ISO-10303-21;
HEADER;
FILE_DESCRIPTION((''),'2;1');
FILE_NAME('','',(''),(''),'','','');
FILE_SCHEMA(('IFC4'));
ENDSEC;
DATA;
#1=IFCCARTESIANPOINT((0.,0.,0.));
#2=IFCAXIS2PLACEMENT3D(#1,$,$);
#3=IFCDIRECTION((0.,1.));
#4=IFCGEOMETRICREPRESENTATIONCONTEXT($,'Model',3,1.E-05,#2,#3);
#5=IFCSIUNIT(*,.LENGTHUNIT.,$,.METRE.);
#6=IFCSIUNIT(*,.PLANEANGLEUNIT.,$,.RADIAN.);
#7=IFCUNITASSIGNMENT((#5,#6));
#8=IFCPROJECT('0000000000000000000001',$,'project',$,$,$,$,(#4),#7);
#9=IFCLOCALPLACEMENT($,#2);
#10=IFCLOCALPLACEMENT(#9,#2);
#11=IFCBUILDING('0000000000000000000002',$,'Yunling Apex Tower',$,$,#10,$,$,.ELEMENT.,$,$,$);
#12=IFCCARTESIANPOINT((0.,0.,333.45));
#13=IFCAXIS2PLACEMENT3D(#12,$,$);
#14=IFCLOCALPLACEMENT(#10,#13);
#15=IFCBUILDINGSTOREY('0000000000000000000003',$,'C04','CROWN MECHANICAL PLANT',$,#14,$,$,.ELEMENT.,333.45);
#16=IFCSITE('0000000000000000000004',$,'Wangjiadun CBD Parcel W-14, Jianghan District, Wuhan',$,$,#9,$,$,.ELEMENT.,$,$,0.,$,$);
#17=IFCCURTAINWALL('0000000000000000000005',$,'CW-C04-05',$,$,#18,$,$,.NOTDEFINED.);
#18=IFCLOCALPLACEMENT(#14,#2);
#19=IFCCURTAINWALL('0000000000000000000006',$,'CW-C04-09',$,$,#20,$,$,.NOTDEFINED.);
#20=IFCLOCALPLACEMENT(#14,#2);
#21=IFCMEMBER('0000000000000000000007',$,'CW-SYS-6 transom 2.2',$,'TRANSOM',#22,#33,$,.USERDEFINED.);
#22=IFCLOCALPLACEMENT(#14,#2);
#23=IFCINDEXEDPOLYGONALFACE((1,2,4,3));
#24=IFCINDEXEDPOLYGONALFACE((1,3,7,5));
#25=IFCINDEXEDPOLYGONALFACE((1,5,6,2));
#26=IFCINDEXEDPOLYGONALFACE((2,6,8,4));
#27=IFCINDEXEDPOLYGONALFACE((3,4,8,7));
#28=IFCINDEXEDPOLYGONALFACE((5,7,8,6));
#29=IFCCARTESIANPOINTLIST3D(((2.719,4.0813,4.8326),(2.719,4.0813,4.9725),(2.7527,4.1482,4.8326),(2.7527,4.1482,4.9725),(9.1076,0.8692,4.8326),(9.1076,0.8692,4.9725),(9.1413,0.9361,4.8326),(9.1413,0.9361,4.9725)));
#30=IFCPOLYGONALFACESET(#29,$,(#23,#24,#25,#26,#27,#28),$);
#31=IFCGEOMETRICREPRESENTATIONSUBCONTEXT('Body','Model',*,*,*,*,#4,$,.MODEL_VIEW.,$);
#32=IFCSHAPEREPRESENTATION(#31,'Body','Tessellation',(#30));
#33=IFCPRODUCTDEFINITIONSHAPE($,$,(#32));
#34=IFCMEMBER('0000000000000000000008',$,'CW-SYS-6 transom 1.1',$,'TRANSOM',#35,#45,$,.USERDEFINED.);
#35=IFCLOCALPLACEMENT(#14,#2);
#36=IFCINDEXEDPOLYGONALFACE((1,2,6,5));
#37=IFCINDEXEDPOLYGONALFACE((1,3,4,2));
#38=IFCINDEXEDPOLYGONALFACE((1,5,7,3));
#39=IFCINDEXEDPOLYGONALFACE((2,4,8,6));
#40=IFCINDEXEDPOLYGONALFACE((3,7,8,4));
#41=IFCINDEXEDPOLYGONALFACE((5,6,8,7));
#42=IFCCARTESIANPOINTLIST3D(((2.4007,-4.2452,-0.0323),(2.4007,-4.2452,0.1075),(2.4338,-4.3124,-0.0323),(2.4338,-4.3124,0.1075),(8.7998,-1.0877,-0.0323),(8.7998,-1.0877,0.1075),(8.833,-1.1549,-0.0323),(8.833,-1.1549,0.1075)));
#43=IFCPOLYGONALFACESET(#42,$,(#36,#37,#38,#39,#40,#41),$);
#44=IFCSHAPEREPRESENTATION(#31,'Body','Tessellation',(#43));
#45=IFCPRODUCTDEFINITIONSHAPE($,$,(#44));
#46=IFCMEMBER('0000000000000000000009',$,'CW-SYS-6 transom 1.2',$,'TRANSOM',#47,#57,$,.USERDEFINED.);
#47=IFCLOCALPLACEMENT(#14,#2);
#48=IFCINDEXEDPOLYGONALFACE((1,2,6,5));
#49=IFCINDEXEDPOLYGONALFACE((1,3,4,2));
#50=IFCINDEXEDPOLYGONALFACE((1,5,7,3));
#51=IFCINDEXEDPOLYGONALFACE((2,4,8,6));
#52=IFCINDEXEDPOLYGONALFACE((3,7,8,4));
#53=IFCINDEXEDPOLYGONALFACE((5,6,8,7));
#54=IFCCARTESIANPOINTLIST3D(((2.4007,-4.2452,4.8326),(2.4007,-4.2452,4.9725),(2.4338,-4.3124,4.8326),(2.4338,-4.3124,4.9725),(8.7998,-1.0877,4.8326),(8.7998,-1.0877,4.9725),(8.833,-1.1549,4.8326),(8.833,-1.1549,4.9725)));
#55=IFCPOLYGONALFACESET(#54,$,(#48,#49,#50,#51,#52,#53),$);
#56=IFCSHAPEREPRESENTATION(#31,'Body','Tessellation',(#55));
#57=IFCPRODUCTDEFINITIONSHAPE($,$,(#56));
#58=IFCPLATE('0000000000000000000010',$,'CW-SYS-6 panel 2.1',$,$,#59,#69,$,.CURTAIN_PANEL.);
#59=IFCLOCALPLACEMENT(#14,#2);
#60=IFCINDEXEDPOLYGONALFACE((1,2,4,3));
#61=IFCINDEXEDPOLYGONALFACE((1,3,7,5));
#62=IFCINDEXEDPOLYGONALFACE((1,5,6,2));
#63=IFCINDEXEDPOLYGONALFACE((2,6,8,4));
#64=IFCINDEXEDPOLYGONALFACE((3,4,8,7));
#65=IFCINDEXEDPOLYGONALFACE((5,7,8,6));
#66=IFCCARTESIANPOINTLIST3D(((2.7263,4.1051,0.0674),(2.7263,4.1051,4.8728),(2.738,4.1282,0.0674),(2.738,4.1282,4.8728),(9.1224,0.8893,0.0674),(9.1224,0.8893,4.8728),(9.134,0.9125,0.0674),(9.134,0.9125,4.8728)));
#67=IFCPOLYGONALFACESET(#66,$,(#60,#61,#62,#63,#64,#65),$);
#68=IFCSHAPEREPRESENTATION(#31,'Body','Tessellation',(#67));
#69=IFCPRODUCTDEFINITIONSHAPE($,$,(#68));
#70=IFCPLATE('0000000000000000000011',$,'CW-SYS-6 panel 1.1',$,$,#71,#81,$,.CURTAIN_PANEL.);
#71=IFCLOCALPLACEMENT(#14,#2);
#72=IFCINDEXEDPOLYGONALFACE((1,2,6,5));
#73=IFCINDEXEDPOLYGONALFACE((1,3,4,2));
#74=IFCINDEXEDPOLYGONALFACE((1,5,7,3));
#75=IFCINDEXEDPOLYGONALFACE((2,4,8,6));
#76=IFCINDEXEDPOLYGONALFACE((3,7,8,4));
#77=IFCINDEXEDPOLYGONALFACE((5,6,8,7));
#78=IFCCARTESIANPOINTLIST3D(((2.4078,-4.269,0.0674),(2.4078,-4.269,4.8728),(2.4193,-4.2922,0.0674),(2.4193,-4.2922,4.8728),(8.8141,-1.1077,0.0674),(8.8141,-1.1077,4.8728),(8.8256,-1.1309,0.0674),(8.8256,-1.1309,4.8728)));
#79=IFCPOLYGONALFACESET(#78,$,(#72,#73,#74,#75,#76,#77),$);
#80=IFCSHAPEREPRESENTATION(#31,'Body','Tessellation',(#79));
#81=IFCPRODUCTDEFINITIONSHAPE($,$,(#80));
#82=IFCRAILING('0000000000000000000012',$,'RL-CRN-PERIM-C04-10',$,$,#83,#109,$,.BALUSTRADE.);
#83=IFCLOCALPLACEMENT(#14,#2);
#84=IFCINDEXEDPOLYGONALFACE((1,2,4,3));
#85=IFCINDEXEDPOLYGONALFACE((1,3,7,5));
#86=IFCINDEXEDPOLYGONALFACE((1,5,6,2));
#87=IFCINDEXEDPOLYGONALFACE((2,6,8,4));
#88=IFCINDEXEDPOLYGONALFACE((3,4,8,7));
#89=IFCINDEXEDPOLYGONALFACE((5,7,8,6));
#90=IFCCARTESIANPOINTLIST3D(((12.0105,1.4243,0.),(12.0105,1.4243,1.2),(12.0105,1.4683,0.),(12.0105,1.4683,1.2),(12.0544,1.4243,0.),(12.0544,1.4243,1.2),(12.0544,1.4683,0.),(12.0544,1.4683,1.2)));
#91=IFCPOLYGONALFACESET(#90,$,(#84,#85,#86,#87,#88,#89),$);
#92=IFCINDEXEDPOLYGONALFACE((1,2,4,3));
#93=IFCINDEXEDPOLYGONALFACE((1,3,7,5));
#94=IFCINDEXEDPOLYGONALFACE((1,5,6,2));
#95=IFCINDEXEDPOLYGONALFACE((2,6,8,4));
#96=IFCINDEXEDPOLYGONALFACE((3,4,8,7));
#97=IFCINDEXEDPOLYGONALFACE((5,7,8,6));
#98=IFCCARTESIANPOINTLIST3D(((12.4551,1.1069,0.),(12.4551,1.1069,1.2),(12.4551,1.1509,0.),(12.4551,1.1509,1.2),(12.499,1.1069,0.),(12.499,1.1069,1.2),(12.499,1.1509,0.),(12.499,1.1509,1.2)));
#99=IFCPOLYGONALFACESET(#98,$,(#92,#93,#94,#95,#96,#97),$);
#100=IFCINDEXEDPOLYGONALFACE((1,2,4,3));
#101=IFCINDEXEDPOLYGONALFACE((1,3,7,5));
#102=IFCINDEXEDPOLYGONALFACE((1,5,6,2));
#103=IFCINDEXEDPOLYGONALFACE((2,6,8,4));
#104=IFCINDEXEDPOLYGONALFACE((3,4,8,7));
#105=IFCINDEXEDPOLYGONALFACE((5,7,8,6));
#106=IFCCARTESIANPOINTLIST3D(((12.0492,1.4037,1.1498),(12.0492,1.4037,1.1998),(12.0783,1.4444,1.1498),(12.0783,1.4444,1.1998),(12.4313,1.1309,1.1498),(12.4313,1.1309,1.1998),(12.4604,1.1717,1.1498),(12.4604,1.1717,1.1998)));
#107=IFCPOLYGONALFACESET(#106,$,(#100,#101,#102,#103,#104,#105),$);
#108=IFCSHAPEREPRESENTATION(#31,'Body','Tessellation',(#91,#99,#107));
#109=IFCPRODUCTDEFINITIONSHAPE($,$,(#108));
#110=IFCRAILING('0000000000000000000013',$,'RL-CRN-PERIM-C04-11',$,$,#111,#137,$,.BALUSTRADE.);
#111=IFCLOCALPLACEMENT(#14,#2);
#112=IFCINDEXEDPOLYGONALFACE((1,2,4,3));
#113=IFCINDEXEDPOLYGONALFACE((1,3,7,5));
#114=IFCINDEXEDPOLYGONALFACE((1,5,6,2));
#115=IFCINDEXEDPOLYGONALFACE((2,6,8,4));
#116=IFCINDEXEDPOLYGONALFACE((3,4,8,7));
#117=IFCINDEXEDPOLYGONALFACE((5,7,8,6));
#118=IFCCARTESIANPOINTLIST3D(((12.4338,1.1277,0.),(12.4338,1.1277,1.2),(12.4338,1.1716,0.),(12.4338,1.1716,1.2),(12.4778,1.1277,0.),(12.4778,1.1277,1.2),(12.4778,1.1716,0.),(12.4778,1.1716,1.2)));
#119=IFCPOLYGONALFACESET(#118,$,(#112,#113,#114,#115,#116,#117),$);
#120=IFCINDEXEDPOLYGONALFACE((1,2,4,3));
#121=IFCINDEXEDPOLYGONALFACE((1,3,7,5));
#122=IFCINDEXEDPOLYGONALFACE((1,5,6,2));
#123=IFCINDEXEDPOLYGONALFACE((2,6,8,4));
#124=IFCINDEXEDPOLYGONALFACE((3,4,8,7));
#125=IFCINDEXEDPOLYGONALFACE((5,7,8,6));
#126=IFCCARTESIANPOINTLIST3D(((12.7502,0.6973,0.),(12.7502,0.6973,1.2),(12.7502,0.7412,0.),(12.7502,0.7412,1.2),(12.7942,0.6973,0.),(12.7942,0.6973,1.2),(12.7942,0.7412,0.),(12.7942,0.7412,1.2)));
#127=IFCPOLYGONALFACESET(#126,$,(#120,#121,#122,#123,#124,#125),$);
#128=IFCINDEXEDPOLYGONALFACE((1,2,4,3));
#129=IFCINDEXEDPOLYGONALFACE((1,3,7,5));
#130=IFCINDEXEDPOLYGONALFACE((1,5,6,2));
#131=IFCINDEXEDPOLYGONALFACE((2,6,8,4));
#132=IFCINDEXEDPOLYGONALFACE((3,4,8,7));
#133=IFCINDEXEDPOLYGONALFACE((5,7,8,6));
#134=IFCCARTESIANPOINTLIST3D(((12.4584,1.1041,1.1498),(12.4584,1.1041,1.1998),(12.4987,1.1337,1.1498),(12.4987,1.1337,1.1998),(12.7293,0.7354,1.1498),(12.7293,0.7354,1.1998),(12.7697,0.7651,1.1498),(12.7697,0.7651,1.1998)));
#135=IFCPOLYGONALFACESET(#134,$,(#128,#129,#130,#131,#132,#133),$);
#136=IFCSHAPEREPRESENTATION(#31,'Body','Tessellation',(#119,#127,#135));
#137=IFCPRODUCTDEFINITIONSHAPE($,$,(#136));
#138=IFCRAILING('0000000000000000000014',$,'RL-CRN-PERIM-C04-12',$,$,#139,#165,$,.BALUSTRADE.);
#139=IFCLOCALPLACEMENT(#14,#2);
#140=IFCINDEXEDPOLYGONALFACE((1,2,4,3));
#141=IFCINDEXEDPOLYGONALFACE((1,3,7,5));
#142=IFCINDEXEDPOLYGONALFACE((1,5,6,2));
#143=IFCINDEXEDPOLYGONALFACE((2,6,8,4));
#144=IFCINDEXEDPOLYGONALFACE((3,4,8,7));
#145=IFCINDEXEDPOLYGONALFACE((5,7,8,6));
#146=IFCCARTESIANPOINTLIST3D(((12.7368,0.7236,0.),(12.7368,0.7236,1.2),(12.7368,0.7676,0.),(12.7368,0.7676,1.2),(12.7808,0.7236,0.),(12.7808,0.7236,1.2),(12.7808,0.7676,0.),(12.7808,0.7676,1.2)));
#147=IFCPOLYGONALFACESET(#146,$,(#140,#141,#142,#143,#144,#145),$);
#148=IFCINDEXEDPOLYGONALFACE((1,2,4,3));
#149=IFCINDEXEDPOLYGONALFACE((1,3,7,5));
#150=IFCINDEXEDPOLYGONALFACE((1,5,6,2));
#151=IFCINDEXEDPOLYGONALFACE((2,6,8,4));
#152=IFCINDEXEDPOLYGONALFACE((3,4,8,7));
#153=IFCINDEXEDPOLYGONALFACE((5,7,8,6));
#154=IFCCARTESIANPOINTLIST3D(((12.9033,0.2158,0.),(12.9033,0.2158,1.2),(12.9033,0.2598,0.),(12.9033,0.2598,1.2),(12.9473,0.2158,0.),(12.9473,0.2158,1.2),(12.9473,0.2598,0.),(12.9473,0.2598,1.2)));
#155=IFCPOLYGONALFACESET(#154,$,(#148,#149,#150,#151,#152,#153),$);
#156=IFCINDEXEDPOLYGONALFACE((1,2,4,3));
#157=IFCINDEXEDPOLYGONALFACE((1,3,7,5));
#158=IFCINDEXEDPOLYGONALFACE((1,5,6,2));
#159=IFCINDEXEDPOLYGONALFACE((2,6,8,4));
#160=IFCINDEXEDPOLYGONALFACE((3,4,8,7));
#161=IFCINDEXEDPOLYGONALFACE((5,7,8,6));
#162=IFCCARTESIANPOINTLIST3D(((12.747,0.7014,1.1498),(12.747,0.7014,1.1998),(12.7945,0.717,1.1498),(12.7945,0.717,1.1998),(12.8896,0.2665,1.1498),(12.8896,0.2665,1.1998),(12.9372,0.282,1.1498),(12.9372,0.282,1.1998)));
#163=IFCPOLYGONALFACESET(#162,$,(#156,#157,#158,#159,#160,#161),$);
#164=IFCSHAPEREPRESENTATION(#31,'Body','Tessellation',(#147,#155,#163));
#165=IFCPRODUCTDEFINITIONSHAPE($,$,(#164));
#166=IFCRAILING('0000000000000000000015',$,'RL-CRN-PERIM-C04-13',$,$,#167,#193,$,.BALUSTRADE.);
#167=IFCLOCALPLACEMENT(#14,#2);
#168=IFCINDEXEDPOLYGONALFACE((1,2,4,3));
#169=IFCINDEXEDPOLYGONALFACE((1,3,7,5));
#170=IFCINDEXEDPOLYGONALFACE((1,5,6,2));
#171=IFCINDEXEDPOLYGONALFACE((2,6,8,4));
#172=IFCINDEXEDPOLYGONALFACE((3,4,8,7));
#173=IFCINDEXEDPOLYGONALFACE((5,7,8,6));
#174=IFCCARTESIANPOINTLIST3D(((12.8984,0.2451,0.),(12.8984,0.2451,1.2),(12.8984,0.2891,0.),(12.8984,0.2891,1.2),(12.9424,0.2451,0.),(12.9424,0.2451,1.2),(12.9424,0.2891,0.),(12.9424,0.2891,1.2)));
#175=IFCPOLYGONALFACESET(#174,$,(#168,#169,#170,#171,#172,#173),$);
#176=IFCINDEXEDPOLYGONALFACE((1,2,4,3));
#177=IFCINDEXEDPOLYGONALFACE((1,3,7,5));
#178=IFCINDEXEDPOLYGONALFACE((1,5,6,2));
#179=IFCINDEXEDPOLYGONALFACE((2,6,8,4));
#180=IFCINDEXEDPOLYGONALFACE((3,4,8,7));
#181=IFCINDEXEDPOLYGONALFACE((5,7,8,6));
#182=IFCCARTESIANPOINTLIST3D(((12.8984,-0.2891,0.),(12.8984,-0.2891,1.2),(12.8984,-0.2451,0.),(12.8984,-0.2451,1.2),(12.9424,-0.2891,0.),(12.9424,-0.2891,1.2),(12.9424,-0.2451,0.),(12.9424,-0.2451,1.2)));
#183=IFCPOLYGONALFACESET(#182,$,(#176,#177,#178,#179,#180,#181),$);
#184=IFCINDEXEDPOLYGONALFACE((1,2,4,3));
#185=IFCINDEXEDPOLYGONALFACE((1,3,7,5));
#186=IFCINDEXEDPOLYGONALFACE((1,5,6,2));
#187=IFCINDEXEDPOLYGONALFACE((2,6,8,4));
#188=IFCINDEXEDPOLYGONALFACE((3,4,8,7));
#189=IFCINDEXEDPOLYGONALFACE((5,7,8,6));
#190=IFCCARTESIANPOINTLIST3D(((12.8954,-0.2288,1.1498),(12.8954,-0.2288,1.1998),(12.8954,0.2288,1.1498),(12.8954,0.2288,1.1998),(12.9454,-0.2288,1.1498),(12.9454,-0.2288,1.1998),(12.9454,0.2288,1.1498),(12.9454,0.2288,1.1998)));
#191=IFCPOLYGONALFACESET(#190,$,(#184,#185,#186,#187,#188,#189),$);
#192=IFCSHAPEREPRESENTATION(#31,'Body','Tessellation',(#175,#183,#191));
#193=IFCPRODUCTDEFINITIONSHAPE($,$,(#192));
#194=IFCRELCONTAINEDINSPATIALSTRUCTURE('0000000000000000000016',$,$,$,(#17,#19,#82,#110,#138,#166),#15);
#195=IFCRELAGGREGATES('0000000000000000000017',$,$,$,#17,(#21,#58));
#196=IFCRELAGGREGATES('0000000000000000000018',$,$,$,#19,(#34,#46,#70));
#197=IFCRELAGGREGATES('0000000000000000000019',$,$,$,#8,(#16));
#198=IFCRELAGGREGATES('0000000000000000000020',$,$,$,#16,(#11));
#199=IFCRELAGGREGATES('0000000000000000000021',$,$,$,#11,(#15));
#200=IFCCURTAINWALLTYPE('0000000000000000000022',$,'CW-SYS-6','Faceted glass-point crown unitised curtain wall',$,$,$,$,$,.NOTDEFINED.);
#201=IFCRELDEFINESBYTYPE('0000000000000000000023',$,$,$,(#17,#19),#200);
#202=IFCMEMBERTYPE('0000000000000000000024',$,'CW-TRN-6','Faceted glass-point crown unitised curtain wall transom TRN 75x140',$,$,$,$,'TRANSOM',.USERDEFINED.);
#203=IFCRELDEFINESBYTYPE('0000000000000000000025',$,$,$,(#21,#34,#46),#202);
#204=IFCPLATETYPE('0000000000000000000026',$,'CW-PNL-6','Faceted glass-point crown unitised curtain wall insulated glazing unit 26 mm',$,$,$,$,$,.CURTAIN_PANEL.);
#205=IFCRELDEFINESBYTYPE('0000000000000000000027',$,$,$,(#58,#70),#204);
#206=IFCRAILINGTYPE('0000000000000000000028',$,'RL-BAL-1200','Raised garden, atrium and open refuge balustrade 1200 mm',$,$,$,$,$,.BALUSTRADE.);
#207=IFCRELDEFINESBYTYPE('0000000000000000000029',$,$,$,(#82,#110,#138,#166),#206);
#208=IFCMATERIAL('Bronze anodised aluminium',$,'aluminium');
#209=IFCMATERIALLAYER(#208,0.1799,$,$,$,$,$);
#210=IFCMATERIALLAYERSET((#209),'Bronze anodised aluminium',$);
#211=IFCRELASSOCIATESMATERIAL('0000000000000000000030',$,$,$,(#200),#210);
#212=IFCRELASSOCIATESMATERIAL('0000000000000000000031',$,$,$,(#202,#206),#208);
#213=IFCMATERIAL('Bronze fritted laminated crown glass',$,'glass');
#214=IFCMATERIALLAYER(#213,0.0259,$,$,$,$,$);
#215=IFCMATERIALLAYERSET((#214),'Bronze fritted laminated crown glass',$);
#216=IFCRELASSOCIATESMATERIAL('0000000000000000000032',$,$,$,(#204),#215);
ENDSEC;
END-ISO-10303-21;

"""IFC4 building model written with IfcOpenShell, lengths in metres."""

from ifc_helpers import new_model, si_unit, direction, frame, origin, origin_2d, place, context, subcontext, project, spatial, rectangle, extrude, source, transform, mapped, material, layer, layer_set, material_profile, profile_set, type_object, element, aggregate, save


model = new_model("IFC4")

# Units and contexts
model_context = context("Model", 3, precision=1e-05, world=origin(), true_north=direction((0.0, 1.0)))
body_context = subcontext(model_context, "Body", "Model", "MODEL_VIEW")
ifc_project = project(units=[si_unit("LENGTHUNIT", "METRE"), si_unit("PLANEANGLEUNIT", "RADIAN")], contexts=[model_context])

# Site, building, storey
site_placement = place(None, origin())
site = spatial("IfcSite", under=ifc_project, at=site_placement, Name="Wangjiadun CBD Parcel W-14, Jianghan District, Wuhan", CompositionType="ELEMENT", RefElevation=0.0)
building_placement = place(site_placement, origin())
building = spatial("IfcBuilding", under=site, at=building_placement, Name="Yunling Apex Tower", CompositionType="ELEMENT")
storey_placement = place(building_placement, frame((0.0, 0.0, 333.45)))
storey = spatial("IfcBuildingStorey", under=building, at=storey_placement, Name="C04", Description="CROWN MECHANICAL PLANT", CompositionType="ELEMENT", Elevation=333.45)

# Curtain walls
ifc_material_1 = material(Name="Bronze anodised aluminium", Category="aluminium")
ifc_layer_1 = layer(ifc_material_1, 0.1799)
ifc_layer_set_1 = layer_set([ifc_layer_1], Name="Bronze anodised aluminium")
curtain_wall_type = type_object("IfcCurtainWallType", Name="CW-SYS-6", Description="Faceted glass-point crown unitised curtain wall", PredefinedType="NOTDEFINED", material=ifc_layer_set_1)
curtain_wall_1_placement = place(storey_placement, origin())
curtain_wall_1 = element("IfcCurtainWall", 1, at=curtain_wall_1_placement, inside=storey, type_object=curtain_wall_type, Name="CW-C04-05", PredefinedType="NOTDEFINED")
curtain_wall_2_placement = place(storey_placement, origin())
curtain_wall_2 = element("IfcCurtainWall", 2, at=curtain_wall_2_placement, inside=storey, type_object=curtain_wall_type, Name="CW-C04-09", PredefinedType="NOTDEFINED")

# Members
ifc_material_profile_1 = material_profile(ifc_material_1, rectangle(XDim=0.075, YDim=0.1399, at=origin_2d()))
ifc_profile_set_1 = profile_set([ifc_material_profile_1], Name="Bronze anodised aluminium")
member_type_1 = type_object("IfcMemberType", Name="CW-TRN-6", Description="Faceted glass-point crown unitised curtain wall transom TRN 75x140", ElementType="TRANSOM", PredefinedType="USERDEFINED", material=ifc_profile_set_1)
shared_shape_1 = source(origin(), body_context, "Body", "SweptSolid", [
    extrude(rectangle(XDim=0.075, YDim=0.1399, at=origin_2d()), origin(), (0.0, 0.0, 1.0), 7.1506),
])
member_1_placement = place(storey_placement, frame((2.7358, 4.1147, 4.9026), z_axis=(0.893428, -0.449206, 0.0), x_axis=(0.449206, 0.893428, 0.0)))
member_1 = element("IfcMember", 3, at=member_1_placement, type_object=member_type_1, Name="CW-SYS-6 transom 2.2", ObjectType="TRANSOM", PredefinedType="USERDEFINED", context=body_context, shape_type="MappedRepresentation", body=[
    mapped(shared_shape_1, transform((0.0, 0.0, 0.0), scale=1.0)),
])
shared_shape_2 = source(origin(), body_context, "Body", "SweptSolid", [
    extrude(rectangle(XDim=0.075, YDim=0.1399, at=origin_2d()), origin(), (0.0, 0.0, 1.0), 7.1357),
])
member_2_placement = place(storey_placement, frame((8.8164, -1.1213, 0.0376), z_axis=(-0.896775, -0.442486, 0.0), x_axis=(0.442486, -0.896775, 0.0)))
member_2 = element("IfcMember", 4, at=member_2_placement, type_object=member_type_1, Name="CW-SYS-6 transom 1.1", ObjectType="TRANSOM", PredefinedType="USERDEFINED", context=body_context, shape_type="MappedRepresentation", body=[
    mapped(shared_shape_2, transform((0.0, 0.0, 0.0), scale=1.0)),
])
member_3_placement = place(storey_placement, frame((8.8164, -1.1213, 4.9026), z_axis=(-0.896775, -0.442486, 0.0), x_axis=(0.442486, -0.896775, 0.0)))
member_3 = element("IfcMember", 5, at=member_3_placement, type_object=member_type_1, Name="CW-SYS-6 transom 1.2", ObjectType="TRANSOM", PredefinedType="USERDEFINED", context=body_context, shape_type="MappedRepresentation", body=[
    mapped(shared_shape_2, transform((0.0, 0.0, 0.0), scale=1.0)),
])

# Plates
ifc_material_2 = material(Name="Bronze fritted laminated crown glass", Category="glass")
ifc_layer_2 = layer(ifc_material_2, 0.0259)
ifc_layer_set_2 = layer_set([ifc_layer_2], Name="Bronze fritted laminated crown glass")
plate_type = type_object("IfcPlateType", Name="CW-PNL-6", Description="Faceted glass-point crown unitised curtain wall insulated glazing unit 26 mm", PredefinedType="CURTAIN_PANEL", material=ifc_layer_set_2)
shared_shape_3 = source(origin(), body_context, "Body", "SweptSolid", [
    extrude(rectangle(XDim=7.1589, YDim=0.0259, at=origin_2d()), origin(), (0.0, 0.0, 1.0), 4.8054),
])
plate_1_placement = place(storey_placement, frame((5.9302, 2.5088, 0.0674), z_axis=(0.0, 0.0, 1.0), x_axis=(0.893433, -0.449197, 0.0)))
plate_1 = element("IfcPlate", 6, at=plate_1_placement, type_object=plate_type, Name="CW-SYS-6 panel 2.1", PredefinedType="CURTAIN_PANEL", context=body_context, shape_type="MappedRepresentation", body=[
    mapped(shared_shape_3, transform((0.0, 0.0, 0.0), scale=1.0)),
])
aggregate(curtain_wall_1, [member_1, plate_1])
shared_shape_4 = source(origin(), body_context, "Body", "SweptSolid", [
    extrude(rectangle(XDim=7.1438, YDim=0.0259, at=origin_2d()), origin(), (0.0, 0.0, 1.0), 4.8054),
])
plate_2_placement = place(storey_placement, frame((5.6167, -2.7, 0.0674), z_axis=(0.0, 0.0, 1.0), x_axis=(-0.89676, -0.442517, 0.0)))
plate_2 = element("IfcPlate", 7, at=plate_2_placement, type_object=plate_type, Name="CW-SYS-6 panel 1.1", PredefinedType="CURTAIN_PANEL", context=body_context, shape_type="MappedRepresentation", body=[
    mapped(shared_shape_4, transform((0.0, 0.0, 0.0), scale=1.0)),
])
aggregate(curtain_wall_2, [member_2, member_3, plate_2])

# Railings
railing_type_1 = type_object("IfcRailingType", Name="RL-BAL-1200", Description="Raised garden, atrium and open refuge balustrade 1200 mm", PredefinedType="BALUSTRADE", material=ifc_material_1)
railing_1_placement = place(storey_placement, frame((12.0325, 1.4463, 0.0)))
element("IfcRailing", 8, at=railing_1_placement, inside=storey, type_object=railing_type_1, Name="RL-CRN-PERIM-C04-10", PredefinedType="BALUSTRADE", context=body_context, shape_type="SweptSolid", body=[
    extrude(rectangle(XDim=0.0439, YDim=0.0439, at=origin_2d()), origin(), (0.0, 0.0, 1.0), 1.2),
    extrude(rectangle(XDim=0.0439, YDim=0.0439, at=origin_2d()), frame((0.4446, -0.3174, 0.0)), (0.0, 0.0, 1.0), 1.2),
    extrude(rectangle(XDim=0.05, YDim=0.05, at=origin_2d()), frame((0.0312, -0.0222, 1.1748), z_axis=(0.813884, -0.581027, 0.0), x_axis=(0.581027, 0.813884, 0.0)), (0.0, 0.0, 1.0), 0.4695),
])
railing_2_placement = place(storey_placement, frame((12.4558, 1.1497, 0.0)))
element("IfcRailing", 9, at=railing_2_placement, inside=storey, type_object=railing_type_1, Name="RL-CRN-PERIM-C04-11", PredefinedType="BALUSTRADE", context=body_context, shape_type="SweptSolid", body=[
    extrude(rectangle(XDim=0.0439, YDim=0.0439, at=origin_2d()), origin(), (0.0, 0.0, 1.0), 1.2),
    extrude(rectangle(XDim=0.0439, YDim=0.0439, at=origin_2d()), frame((0.3164, -0.4304, 0.0)), (0.0, 0.0, 1.0), 1.2),
    extrude(rectangle(XDim=0.05, YDim=0.05, at=origin_2d()), frame((0.0227, -0.0308, 1.1748), z_axis=(0.592294, -0.805722, 0.0), x_axis=(0.805722, 0.592294, 0.0)), (0.0, 0.0, 1.0), 0.4575),
])
railing_3_placement = place(storey_placement, frame((12.7588, 0.7456, 0.0)))
element("IfcRailing", 10, at=railing_3_placement, inside=storey, type_object=railing_type_1, Name="RL-CRN-PERIM-C04-12", PredefinedType="BALUSTRADE", context=body_context, shape_type="SweptSolid", body=[
    extrude(rectangle(XDim=0.0439, YDim=0.0439, at=origin_2d()), origin(), (0.0, 0.0, 1.0), 1.2),
    extrude(rectangle(XDim=0.0439, YDim=0.0439, at=origin_2d()), frame((0.1665, -0.5078, 0.0)), (0.0, 0.0, 1.0), 1.2),
    extrude(rectangle(XDim=0.05, YDim=0.05, at=origin_2d()), frame((0.012, -0.0364, 1.1748), z_axis=(0.311564, -0.950225, 0.0), x_axis=(0.950225, 0.311564, 0.0)), (0.0, 0.0, 1.0), 0.4578),
])
railing_4_placement = place(storey_placement, frame((12.9204, 0.2671, 0.0)))
element("IfcRailing", 11, at=railing_4_placement, inside=storey, type_object=railing_type_1, Name="RL-CRN-PERIM-C04-13", PredefinedType="BALUSTRADE", context=body_context, shape_type="SweptSolid", body=[
    extrude(rectangle(XDim=0.0439, YDim=0.0439, at=origin_2d()), origin(), (0.0, 0.0, 1.0), 1.2),
    extrude(rectangle(XDim=0.0439, YDim=0.0439, at=origin_2d()), frame((0.0, -0.5342, 0.0)), (0.0, 0.0, 1.0), 1.2),
    extrude(rectangle(XDim=0.05, YDim=0.05, at=origin_2d()), frame((0.0, -0.0383, 1.1748), z_axis=(0.0, -1.0, 0.0), x_axis=(1.0, 0.0, 0.0)), (0.0, 0.0, 1.0), 0.4575),
])

save(model, "model.ifc")
